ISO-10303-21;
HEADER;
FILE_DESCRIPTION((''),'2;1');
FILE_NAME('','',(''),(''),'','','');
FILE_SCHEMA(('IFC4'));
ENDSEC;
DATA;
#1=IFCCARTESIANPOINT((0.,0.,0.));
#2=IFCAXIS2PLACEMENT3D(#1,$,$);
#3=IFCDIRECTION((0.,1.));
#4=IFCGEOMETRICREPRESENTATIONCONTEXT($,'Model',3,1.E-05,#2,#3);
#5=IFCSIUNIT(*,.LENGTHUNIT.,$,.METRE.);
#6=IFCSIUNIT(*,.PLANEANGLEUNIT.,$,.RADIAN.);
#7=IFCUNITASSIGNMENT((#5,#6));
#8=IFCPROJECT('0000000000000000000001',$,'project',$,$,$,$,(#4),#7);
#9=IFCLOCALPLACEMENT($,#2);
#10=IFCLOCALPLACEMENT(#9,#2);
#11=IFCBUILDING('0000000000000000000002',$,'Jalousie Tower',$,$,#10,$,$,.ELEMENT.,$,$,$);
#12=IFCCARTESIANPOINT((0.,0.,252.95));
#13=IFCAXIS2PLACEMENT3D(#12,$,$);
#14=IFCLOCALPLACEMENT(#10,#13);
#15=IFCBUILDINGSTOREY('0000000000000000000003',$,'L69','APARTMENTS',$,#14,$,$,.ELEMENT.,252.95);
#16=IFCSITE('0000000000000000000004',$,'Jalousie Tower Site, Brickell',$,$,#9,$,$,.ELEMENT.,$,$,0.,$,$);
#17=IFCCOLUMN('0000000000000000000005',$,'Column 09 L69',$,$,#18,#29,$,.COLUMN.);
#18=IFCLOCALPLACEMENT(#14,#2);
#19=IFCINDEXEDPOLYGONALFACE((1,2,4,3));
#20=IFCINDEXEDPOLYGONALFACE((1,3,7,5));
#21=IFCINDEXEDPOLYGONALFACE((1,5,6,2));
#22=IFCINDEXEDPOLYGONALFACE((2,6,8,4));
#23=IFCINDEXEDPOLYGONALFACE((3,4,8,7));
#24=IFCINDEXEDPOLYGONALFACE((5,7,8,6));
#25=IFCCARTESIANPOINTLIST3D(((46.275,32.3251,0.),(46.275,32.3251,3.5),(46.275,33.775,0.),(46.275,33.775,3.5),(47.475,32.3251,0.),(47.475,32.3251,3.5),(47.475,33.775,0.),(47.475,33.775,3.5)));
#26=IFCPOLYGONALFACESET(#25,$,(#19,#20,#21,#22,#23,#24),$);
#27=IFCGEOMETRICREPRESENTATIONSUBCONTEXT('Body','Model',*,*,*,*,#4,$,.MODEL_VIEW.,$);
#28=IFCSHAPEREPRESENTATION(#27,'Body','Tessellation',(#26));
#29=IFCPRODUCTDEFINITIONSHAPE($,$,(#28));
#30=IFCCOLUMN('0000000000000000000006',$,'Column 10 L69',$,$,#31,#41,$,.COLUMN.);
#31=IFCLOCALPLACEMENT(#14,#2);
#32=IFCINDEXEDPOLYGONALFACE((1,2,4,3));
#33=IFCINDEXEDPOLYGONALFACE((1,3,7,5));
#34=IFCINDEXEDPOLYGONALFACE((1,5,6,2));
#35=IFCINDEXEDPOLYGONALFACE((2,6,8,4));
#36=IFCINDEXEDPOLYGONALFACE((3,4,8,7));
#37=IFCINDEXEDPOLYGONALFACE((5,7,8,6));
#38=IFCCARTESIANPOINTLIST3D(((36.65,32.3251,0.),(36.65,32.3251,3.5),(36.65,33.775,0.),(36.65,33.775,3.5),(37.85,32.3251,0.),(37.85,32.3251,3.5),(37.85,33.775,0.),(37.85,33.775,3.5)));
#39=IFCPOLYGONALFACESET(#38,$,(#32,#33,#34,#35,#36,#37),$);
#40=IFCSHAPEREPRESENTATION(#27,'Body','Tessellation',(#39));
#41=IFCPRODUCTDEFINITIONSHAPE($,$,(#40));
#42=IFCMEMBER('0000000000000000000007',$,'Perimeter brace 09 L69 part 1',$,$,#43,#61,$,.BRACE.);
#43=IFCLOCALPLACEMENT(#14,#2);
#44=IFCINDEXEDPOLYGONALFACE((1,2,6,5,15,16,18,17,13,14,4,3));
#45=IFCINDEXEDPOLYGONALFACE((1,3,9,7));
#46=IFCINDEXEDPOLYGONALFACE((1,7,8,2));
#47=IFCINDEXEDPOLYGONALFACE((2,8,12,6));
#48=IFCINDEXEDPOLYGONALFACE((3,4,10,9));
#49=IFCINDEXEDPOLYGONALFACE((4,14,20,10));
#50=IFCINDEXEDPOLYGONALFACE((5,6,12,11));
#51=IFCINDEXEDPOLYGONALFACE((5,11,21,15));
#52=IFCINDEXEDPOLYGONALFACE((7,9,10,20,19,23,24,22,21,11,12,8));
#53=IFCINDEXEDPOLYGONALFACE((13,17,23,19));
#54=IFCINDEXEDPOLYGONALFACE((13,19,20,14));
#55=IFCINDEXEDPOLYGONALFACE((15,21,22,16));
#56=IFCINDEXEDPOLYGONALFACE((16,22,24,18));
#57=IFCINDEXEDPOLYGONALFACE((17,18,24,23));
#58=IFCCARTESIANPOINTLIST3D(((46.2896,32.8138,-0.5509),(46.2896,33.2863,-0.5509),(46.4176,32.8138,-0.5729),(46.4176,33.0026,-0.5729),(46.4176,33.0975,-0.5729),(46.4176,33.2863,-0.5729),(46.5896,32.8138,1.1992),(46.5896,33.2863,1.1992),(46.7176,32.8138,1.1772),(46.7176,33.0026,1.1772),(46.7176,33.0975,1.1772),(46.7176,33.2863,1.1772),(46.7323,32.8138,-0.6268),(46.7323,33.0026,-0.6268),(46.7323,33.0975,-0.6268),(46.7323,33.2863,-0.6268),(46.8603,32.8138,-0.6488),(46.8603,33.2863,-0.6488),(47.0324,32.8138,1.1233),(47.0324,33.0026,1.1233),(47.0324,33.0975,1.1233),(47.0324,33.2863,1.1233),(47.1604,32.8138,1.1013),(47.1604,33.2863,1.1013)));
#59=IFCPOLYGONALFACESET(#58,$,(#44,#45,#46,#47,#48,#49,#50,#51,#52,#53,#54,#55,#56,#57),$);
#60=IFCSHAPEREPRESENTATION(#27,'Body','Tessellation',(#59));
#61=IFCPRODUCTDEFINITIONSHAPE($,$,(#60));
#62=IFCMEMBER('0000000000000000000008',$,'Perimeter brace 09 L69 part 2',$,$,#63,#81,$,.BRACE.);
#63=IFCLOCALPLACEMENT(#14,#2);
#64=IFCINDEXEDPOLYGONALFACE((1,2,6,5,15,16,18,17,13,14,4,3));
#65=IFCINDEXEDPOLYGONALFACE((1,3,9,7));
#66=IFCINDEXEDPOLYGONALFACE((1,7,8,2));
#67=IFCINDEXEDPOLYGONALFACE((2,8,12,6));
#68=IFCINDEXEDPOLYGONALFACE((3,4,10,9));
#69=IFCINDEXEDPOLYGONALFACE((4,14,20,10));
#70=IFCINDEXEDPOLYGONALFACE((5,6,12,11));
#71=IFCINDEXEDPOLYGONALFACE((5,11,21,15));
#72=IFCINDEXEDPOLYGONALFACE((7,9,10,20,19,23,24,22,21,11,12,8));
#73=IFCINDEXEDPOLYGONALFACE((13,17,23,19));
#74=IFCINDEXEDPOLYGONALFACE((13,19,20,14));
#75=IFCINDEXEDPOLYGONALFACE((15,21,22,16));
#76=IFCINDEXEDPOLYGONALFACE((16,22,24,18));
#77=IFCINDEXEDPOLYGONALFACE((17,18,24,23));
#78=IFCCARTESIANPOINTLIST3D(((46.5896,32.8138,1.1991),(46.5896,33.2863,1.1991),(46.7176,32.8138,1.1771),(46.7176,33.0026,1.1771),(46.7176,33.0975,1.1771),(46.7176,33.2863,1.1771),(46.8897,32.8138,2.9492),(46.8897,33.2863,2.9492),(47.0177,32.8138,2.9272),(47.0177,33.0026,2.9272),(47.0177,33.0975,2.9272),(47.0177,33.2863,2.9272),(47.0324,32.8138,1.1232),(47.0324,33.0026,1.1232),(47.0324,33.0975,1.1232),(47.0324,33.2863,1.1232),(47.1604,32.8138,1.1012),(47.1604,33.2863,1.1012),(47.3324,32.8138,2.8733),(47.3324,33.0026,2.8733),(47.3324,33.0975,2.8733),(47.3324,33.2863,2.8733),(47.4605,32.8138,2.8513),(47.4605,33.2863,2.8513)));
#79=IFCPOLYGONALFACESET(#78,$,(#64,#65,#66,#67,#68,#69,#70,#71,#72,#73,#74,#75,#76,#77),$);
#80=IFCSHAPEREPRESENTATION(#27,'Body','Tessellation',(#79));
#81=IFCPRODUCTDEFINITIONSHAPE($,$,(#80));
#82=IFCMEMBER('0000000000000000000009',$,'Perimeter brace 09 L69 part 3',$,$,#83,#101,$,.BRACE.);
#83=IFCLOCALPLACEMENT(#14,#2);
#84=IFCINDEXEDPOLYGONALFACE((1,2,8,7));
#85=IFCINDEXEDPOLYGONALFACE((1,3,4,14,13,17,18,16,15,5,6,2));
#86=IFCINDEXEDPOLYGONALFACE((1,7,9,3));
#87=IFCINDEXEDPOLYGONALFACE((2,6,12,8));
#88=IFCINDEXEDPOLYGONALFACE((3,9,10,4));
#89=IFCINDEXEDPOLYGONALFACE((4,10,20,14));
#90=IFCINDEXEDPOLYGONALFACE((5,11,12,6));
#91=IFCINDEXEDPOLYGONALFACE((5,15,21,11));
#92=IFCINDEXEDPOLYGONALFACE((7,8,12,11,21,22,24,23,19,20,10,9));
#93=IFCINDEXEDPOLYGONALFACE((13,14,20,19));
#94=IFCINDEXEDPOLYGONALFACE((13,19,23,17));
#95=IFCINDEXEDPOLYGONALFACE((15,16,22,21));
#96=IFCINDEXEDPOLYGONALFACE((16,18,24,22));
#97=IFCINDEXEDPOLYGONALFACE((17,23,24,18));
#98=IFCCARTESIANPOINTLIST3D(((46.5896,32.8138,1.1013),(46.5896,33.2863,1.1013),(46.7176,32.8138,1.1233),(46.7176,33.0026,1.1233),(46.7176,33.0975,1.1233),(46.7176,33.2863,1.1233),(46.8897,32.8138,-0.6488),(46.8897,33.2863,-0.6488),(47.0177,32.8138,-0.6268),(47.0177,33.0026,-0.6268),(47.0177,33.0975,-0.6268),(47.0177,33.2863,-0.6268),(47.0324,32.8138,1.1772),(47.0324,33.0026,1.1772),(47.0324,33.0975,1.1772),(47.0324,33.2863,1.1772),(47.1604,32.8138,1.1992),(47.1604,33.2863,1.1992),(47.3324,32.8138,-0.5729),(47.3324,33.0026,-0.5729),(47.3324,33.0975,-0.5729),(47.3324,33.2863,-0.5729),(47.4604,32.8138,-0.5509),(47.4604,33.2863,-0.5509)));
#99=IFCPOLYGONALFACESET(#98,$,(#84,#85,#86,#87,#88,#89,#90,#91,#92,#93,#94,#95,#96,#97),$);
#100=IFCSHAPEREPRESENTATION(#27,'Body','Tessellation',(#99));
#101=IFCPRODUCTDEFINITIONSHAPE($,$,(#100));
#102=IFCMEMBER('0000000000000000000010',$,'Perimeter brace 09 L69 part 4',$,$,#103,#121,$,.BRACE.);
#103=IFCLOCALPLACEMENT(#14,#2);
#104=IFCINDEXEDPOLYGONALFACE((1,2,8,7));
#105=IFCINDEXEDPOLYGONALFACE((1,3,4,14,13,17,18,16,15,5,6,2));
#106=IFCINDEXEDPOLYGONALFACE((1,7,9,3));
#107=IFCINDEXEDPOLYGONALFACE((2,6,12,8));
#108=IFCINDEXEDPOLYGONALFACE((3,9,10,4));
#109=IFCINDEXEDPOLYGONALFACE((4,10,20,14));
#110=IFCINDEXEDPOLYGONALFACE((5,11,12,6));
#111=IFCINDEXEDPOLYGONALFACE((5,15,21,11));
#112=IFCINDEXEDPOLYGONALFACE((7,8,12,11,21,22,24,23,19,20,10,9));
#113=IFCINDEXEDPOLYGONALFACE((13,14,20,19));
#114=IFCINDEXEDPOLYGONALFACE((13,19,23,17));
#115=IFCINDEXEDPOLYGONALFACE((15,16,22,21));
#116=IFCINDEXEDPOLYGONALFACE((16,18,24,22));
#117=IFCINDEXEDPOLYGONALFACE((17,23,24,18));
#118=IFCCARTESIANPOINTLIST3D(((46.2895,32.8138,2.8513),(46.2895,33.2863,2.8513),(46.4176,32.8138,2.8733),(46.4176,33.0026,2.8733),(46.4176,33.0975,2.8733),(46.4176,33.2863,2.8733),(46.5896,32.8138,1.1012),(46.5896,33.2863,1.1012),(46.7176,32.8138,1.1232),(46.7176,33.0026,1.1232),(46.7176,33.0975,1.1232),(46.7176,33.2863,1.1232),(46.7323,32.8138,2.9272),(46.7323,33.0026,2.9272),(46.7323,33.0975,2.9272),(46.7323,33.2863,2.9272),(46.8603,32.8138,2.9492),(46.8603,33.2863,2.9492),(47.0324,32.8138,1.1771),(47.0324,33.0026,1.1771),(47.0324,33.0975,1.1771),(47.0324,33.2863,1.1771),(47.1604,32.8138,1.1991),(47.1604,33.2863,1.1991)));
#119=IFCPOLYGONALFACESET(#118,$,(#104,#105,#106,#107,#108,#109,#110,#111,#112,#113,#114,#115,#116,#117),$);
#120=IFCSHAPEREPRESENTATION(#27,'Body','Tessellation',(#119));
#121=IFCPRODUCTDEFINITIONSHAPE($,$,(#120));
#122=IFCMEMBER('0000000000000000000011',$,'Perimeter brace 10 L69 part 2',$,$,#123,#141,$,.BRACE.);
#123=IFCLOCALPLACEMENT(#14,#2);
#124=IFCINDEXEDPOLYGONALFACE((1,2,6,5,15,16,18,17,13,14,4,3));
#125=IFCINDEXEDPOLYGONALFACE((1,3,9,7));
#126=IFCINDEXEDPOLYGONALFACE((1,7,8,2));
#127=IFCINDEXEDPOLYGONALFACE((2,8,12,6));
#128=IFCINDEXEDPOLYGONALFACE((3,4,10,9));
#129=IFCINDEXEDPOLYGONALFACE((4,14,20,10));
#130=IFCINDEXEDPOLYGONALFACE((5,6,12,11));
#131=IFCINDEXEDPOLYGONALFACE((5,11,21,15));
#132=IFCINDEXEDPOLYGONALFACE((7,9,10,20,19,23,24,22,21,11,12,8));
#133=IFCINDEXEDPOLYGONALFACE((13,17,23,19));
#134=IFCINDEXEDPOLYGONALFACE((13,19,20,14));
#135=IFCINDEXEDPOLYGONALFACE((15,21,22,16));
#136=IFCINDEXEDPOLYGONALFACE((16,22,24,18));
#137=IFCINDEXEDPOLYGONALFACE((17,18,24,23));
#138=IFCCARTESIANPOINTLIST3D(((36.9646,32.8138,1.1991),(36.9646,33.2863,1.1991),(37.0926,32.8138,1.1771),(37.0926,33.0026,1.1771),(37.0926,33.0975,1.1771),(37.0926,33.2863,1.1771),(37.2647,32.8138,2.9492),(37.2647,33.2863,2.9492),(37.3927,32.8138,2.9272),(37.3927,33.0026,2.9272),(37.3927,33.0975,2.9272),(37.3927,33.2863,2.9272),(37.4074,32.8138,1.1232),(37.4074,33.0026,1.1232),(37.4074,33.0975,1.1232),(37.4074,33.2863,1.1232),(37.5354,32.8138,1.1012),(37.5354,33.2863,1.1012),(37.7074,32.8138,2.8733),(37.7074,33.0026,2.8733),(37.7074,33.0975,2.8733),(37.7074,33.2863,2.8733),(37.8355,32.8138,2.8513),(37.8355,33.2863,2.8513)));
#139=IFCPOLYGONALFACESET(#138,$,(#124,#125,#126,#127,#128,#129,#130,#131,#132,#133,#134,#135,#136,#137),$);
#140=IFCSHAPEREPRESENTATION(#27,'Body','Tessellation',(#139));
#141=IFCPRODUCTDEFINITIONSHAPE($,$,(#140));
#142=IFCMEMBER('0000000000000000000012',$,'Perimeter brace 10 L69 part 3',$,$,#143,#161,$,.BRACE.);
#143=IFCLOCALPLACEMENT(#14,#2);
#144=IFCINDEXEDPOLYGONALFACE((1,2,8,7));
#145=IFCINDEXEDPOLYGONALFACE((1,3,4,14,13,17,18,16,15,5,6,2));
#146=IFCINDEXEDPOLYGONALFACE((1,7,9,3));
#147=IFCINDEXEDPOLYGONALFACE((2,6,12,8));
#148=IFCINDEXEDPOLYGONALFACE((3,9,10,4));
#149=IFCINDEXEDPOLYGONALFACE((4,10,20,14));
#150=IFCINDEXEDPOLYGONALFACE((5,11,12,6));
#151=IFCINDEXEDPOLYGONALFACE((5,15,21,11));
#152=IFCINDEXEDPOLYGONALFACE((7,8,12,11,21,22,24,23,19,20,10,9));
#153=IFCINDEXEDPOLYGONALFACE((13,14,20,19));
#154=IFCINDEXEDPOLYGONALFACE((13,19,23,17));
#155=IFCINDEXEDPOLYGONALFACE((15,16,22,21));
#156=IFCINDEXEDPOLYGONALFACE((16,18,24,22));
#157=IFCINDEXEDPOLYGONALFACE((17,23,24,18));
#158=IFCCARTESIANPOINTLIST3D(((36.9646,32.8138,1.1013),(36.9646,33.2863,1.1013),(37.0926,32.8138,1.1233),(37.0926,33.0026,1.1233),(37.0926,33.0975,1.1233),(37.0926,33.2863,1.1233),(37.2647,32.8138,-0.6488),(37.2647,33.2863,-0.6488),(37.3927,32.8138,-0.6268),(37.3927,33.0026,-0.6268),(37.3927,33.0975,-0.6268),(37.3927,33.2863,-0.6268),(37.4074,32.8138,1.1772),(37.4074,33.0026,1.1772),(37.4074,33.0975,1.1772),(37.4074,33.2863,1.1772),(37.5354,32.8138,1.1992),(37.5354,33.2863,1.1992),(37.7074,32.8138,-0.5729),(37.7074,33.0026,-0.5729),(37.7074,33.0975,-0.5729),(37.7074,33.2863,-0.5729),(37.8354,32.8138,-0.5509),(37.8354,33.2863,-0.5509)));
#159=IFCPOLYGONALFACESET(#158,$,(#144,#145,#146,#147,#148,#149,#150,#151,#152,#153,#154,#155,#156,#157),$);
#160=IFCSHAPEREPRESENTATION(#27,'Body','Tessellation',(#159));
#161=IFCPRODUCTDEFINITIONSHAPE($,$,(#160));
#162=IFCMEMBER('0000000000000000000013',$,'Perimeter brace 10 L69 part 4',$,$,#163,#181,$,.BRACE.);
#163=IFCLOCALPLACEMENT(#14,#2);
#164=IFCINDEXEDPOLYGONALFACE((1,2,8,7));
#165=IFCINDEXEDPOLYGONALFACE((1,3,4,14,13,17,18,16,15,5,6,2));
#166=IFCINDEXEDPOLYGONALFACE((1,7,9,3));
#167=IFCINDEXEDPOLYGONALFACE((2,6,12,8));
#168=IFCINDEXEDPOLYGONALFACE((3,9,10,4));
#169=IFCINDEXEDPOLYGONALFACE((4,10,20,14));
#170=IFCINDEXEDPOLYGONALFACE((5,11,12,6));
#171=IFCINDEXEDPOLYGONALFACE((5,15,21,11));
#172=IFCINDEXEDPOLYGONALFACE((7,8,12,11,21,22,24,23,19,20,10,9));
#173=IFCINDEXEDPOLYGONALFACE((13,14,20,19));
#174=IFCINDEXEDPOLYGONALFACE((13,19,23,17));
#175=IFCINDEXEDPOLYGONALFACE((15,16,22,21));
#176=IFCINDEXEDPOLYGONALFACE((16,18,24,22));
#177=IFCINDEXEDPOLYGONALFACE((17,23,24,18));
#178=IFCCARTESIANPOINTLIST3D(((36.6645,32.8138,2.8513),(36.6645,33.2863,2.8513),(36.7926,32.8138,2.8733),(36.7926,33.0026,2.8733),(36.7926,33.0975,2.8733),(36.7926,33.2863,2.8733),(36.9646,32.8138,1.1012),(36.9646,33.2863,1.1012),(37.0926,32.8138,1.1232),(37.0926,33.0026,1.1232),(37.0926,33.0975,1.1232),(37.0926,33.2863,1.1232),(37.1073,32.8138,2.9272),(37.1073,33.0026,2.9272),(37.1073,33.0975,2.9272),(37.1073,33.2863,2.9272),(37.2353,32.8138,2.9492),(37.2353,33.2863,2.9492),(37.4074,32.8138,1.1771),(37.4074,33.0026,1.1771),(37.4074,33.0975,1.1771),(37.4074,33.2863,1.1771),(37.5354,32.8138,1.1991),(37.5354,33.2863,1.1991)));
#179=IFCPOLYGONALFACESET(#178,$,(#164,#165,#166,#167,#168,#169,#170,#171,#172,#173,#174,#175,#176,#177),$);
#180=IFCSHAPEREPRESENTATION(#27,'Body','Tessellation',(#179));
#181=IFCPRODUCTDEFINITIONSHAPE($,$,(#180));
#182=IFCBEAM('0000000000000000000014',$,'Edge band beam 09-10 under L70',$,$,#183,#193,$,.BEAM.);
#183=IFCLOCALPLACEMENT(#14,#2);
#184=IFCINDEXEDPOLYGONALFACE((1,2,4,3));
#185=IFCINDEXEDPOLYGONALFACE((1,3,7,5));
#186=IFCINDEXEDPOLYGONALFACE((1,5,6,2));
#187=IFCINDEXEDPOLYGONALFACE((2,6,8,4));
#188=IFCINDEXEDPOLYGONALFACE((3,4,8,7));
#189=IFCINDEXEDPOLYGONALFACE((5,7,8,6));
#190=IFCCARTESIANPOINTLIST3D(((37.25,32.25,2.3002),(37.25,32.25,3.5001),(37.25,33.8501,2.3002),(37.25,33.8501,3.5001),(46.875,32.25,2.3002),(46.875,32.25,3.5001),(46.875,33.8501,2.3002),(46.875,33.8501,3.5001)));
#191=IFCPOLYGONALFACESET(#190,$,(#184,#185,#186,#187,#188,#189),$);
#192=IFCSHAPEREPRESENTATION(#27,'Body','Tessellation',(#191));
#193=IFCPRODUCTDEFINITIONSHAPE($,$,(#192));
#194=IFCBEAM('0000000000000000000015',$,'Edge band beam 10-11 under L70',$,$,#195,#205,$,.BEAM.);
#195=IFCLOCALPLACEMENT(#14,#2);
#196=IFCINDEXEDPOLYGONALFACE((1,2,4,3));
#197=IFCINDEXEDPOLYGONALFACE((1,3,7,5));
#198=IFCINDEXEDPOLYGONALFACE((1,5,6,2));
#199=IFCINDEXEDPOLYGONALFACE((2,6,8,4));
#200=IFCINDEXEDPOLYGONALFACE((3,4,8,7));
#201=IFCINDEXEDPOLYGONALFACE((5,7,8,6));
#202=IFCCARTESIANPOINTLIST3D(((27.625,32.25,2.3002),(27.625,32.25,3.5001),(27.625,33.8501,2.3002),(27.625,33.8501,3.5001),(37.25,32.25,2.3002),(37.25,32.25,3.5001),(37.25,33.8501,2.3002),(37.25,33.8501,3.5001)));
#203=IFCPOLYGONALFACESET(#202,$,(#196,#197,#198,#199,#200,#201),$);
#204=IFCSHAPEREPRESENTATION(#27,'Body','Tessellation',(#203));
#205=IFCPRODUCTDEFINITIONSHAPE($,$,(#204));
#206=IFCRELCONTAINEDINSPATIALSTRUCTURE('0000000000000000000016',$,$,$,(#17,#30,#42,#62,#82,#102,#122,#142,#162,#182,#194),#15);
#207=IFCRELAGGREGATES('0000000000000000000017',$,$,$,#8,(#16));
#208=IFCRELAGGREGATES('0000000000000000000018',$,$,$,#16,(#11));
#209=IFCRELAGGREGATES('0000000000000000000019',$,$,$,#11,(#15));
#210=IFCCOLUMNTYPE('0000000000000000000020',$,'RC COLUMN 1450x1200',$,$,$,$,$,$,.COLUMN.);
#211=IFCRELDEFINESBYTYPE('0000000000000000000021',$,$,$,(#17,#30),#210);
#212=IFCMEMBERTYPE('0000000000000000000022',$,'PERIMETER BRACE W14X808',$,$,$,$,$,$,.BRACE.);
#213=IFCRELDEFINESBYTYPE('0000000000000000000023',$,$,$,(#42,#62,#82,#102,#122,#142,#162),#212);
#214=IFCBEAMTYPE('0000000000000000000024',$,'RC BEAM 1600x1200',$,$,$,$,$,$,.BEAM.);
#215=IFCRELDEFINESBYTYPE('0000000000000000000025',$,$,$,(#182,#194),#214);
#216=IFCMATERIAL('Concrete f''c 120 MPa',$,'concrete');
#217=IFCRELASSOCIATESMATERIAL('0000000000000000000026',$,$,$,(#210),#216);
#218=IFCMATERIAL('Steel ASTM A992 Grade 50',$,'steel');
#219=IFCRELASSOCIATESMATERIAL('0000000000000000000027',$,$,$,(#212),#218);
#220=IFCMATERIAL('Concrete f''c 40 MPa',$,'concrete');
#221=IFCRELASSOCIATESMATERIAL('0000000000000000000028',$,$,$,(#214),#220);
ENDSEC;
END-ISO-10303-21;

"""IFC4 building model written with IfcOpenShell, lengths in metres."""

from ifc_helpers import new_model, si_unit, direction, frame, origin, origin_2d, place, context, subcontext, project, spatial, rectangle, i_section, extrude, material, material_profile, profile_set, type_object, element, save


model = new_model("IFC4")

# Units and contexts
model_context = context("Model", 3, precision=1e-05, world=origin(), true_north=direction((0.0, 1.0)))
body_context = subcontext(model_context, "Body", "Model", "MODEL_VIEW")
ifc_project = project(units=[si_unit("LENGTHUNIT", "METRE"), si_unit("PLANEANGLEUNIT", "RADIAN")], contexts=[model_context])

# Site, building, storey
site_placement = place(None, origin())
site = spatial("IfcSite", under=ifc_project, at=site_placement, Name="Jalousie Tower Site, Brickell", CompositionType="ELEMENT", RefElevation=0.0)
building_placement = place(site_placement, origin())
building = spatial("IfcBuilding", under=site, at=building_placement, Name="Jalousie Tower", CompositionType="ELEMENT")
storey_placement = place(building_placement, frame((0.0, 0.0, 252.95)))
storey = spatial("IfcBuildingStorey", under=building, at=storey_placement, Name="L69", Description="APARTMENTS", CompositionType="ELEMENT", Elevation=252.95)

# Columns
ifc_material_1 = material(Name="Concrete f'c 120 MPa", Category="concrete")
ifc_material_profile_1 = material_profile(ifc_material_1, rectangle(XDim=1.45, YDim=1.2, at=origin_2d()), Name="RC 1450x1200")
ifc_profile_set_1 = profile_set([ifc_material_profile_1], Name="Concrete f'c 120 MPa")
column_type = type_object("IfcColumnType", Name="RC COLUMN 1450x1200", PredefinedType="COLUMN", material=ifc_profile_set_1)
for number, where, z_axis, x_axis, name in (
    (1, (46.875, 33.05, 0.0), (0.0, 0.0, 1.0), (0.0, 1.0, 0.0), "Column 09 L69"),
    (2, (37.25, 33.05, 0.0), (0.0, 0.0, 1.0), (0.0, 1.0, 0.0), "Column 10 L69"),
):
    element("IfcColumn", number, at=place(storey_placement, frame(where, z_axis=z_axis, x_axis=x_axis)), inside=storey, type_object=column_type, Name=name, PredefinedType="COLUMN", context=body_context, shape_type="SweptSolid", body=[
        extrude(rectangle(XDim=1.45, YDim=1.2, at=origin_2d()), origin(), (0.0, 0.0, 1.0), 3.5),
    ])

# Members
ifc_material_2 = material(Name="Steel ASTM A992 Grade 50", Category="steel")
ifc_material_profile_2 = material_profile(ifc_material_2, i_section(OverallWidth=0.4724, OverallDepth=0.5791, WebThickness=0.095, FlangeThickness=0.1299, at=origin_2d()), Name="W14X808")
ifc_profile_set_2 = profile_set([ifc_material_profile_2], Name="Steel ASTM A992 Grade 50")
member_type_1 = type_object("IfcMemberType", Name="PERIMETER BRACE W14X808", PredefinedType="BRACE", material=ifc_profile_set_2)
for number, where, z_axis, x_axis, name in (
    (3, (46.575, 33.05, -0.5999), (0.168991, 0.0, 0.985618), (0.0, 1.0, 0.0), "Perimeter brace 09 L69 part 1"),
    (4, (46.875, 33.05, 1.1501), (0.168991, 0.0, 0.985618), (0.0, 1.0, 0.0), "Perimeter brace 09 L69 part 2"),
    (5, (47.175, 33.05, -0.5999), (-0.168991, 0.0, 0.985618), (0.0, -1.0, 0.0), "Perimeter brace 09 L69 part 3"),
    (6, (46.875, 33.05, 1.1501), (-0.168991, 0.0, 0.985618), (0.0, -1.0, 0.0), "Perimeter brace 09 L69 part 4"),
    (7, (37.25, 33.05, 1.1501), (0.168991, 0.0, 0.985618), (0.0, 1.0, 0.0), "Perimeter brace 10 L69 part 2"),
    (8, (37.55, 33.05, -0.5999), (-0.168991, 0.0, 0.985618), (0.0, -1.0, 0.0), "Perimeter brace 10 L69 part 3"),
    (9, (37.25, 33.05, 1.1501), (-0.168991, 0.0, 0.985618), (0.0, -1.0, 0.0), "Perimeter brace 10 L69 part 4"),
):
    element("IfcMember", number, at=place(storey_placement, frame(where, z_axis=z_axis, x_axis=x_axis)), inside=storey, type_object=member_type_1, Name=name, PredefinedType="BRACE", context=body_context, shape_type="SweptSolid", body=[
        extrude(i_section(OverallWidth=0.4724, OverallDepth=0.5791, WebThickness=0.095, FlangeThickness=0.1299, at=origin_2d()), origin(), (0.0, 0.0, 1.0), 1.7756),
    ])

# Beams
ifc_material_3 = material(Name="Concrete f'c 40 MPa", Category="concrete")
ifc_material_profile_3 = material_profile(ifc_material_3, rectangle(XDim=1.6001, YDim=1.2, at=origin_2d()), Name="RC 1600x1200")
ifc_profile_set_3 = profile_set([ifc_material_profile_3], Name="Concrete f'c 40 MPa")
beam_type_1 = type_object("IfcBeamType", Name="RC BEAM 1600x1200", PredefinedType="BEAM", material=ifc_profile_set_3)
for number, where, z_axis, x_axis, name in (
    (10, (46.875, 33.05, 2.9001), (-1.0, 0.0, 0.0), (0.0, -1.0, 0.0), "Edge band beam 09-10 under L70"),
    (11, (37.25, 33.05, 2.9001), (-1.0, 0.0, 0.0), (0.0, -1.0, 0.0), "Edge band beam 10-11 under L70"),
):
    element("IfcBeam", number, at=place(storey_placement, frame(where, z_axis=z_axis, x_axis=x_axis)), inside=storey, type_object=beam_type_1, Name=name, PredefinedType="BEAM", context=body_context, shape_type="SweptSolid", body=[
        extrude(rectangle(XDim=1.6001, YDim=1.2, at=origin_2d()), origin(), (0.0, 0.0, 1.0), 9.625),
    ])

save(model, "model.ifc")
